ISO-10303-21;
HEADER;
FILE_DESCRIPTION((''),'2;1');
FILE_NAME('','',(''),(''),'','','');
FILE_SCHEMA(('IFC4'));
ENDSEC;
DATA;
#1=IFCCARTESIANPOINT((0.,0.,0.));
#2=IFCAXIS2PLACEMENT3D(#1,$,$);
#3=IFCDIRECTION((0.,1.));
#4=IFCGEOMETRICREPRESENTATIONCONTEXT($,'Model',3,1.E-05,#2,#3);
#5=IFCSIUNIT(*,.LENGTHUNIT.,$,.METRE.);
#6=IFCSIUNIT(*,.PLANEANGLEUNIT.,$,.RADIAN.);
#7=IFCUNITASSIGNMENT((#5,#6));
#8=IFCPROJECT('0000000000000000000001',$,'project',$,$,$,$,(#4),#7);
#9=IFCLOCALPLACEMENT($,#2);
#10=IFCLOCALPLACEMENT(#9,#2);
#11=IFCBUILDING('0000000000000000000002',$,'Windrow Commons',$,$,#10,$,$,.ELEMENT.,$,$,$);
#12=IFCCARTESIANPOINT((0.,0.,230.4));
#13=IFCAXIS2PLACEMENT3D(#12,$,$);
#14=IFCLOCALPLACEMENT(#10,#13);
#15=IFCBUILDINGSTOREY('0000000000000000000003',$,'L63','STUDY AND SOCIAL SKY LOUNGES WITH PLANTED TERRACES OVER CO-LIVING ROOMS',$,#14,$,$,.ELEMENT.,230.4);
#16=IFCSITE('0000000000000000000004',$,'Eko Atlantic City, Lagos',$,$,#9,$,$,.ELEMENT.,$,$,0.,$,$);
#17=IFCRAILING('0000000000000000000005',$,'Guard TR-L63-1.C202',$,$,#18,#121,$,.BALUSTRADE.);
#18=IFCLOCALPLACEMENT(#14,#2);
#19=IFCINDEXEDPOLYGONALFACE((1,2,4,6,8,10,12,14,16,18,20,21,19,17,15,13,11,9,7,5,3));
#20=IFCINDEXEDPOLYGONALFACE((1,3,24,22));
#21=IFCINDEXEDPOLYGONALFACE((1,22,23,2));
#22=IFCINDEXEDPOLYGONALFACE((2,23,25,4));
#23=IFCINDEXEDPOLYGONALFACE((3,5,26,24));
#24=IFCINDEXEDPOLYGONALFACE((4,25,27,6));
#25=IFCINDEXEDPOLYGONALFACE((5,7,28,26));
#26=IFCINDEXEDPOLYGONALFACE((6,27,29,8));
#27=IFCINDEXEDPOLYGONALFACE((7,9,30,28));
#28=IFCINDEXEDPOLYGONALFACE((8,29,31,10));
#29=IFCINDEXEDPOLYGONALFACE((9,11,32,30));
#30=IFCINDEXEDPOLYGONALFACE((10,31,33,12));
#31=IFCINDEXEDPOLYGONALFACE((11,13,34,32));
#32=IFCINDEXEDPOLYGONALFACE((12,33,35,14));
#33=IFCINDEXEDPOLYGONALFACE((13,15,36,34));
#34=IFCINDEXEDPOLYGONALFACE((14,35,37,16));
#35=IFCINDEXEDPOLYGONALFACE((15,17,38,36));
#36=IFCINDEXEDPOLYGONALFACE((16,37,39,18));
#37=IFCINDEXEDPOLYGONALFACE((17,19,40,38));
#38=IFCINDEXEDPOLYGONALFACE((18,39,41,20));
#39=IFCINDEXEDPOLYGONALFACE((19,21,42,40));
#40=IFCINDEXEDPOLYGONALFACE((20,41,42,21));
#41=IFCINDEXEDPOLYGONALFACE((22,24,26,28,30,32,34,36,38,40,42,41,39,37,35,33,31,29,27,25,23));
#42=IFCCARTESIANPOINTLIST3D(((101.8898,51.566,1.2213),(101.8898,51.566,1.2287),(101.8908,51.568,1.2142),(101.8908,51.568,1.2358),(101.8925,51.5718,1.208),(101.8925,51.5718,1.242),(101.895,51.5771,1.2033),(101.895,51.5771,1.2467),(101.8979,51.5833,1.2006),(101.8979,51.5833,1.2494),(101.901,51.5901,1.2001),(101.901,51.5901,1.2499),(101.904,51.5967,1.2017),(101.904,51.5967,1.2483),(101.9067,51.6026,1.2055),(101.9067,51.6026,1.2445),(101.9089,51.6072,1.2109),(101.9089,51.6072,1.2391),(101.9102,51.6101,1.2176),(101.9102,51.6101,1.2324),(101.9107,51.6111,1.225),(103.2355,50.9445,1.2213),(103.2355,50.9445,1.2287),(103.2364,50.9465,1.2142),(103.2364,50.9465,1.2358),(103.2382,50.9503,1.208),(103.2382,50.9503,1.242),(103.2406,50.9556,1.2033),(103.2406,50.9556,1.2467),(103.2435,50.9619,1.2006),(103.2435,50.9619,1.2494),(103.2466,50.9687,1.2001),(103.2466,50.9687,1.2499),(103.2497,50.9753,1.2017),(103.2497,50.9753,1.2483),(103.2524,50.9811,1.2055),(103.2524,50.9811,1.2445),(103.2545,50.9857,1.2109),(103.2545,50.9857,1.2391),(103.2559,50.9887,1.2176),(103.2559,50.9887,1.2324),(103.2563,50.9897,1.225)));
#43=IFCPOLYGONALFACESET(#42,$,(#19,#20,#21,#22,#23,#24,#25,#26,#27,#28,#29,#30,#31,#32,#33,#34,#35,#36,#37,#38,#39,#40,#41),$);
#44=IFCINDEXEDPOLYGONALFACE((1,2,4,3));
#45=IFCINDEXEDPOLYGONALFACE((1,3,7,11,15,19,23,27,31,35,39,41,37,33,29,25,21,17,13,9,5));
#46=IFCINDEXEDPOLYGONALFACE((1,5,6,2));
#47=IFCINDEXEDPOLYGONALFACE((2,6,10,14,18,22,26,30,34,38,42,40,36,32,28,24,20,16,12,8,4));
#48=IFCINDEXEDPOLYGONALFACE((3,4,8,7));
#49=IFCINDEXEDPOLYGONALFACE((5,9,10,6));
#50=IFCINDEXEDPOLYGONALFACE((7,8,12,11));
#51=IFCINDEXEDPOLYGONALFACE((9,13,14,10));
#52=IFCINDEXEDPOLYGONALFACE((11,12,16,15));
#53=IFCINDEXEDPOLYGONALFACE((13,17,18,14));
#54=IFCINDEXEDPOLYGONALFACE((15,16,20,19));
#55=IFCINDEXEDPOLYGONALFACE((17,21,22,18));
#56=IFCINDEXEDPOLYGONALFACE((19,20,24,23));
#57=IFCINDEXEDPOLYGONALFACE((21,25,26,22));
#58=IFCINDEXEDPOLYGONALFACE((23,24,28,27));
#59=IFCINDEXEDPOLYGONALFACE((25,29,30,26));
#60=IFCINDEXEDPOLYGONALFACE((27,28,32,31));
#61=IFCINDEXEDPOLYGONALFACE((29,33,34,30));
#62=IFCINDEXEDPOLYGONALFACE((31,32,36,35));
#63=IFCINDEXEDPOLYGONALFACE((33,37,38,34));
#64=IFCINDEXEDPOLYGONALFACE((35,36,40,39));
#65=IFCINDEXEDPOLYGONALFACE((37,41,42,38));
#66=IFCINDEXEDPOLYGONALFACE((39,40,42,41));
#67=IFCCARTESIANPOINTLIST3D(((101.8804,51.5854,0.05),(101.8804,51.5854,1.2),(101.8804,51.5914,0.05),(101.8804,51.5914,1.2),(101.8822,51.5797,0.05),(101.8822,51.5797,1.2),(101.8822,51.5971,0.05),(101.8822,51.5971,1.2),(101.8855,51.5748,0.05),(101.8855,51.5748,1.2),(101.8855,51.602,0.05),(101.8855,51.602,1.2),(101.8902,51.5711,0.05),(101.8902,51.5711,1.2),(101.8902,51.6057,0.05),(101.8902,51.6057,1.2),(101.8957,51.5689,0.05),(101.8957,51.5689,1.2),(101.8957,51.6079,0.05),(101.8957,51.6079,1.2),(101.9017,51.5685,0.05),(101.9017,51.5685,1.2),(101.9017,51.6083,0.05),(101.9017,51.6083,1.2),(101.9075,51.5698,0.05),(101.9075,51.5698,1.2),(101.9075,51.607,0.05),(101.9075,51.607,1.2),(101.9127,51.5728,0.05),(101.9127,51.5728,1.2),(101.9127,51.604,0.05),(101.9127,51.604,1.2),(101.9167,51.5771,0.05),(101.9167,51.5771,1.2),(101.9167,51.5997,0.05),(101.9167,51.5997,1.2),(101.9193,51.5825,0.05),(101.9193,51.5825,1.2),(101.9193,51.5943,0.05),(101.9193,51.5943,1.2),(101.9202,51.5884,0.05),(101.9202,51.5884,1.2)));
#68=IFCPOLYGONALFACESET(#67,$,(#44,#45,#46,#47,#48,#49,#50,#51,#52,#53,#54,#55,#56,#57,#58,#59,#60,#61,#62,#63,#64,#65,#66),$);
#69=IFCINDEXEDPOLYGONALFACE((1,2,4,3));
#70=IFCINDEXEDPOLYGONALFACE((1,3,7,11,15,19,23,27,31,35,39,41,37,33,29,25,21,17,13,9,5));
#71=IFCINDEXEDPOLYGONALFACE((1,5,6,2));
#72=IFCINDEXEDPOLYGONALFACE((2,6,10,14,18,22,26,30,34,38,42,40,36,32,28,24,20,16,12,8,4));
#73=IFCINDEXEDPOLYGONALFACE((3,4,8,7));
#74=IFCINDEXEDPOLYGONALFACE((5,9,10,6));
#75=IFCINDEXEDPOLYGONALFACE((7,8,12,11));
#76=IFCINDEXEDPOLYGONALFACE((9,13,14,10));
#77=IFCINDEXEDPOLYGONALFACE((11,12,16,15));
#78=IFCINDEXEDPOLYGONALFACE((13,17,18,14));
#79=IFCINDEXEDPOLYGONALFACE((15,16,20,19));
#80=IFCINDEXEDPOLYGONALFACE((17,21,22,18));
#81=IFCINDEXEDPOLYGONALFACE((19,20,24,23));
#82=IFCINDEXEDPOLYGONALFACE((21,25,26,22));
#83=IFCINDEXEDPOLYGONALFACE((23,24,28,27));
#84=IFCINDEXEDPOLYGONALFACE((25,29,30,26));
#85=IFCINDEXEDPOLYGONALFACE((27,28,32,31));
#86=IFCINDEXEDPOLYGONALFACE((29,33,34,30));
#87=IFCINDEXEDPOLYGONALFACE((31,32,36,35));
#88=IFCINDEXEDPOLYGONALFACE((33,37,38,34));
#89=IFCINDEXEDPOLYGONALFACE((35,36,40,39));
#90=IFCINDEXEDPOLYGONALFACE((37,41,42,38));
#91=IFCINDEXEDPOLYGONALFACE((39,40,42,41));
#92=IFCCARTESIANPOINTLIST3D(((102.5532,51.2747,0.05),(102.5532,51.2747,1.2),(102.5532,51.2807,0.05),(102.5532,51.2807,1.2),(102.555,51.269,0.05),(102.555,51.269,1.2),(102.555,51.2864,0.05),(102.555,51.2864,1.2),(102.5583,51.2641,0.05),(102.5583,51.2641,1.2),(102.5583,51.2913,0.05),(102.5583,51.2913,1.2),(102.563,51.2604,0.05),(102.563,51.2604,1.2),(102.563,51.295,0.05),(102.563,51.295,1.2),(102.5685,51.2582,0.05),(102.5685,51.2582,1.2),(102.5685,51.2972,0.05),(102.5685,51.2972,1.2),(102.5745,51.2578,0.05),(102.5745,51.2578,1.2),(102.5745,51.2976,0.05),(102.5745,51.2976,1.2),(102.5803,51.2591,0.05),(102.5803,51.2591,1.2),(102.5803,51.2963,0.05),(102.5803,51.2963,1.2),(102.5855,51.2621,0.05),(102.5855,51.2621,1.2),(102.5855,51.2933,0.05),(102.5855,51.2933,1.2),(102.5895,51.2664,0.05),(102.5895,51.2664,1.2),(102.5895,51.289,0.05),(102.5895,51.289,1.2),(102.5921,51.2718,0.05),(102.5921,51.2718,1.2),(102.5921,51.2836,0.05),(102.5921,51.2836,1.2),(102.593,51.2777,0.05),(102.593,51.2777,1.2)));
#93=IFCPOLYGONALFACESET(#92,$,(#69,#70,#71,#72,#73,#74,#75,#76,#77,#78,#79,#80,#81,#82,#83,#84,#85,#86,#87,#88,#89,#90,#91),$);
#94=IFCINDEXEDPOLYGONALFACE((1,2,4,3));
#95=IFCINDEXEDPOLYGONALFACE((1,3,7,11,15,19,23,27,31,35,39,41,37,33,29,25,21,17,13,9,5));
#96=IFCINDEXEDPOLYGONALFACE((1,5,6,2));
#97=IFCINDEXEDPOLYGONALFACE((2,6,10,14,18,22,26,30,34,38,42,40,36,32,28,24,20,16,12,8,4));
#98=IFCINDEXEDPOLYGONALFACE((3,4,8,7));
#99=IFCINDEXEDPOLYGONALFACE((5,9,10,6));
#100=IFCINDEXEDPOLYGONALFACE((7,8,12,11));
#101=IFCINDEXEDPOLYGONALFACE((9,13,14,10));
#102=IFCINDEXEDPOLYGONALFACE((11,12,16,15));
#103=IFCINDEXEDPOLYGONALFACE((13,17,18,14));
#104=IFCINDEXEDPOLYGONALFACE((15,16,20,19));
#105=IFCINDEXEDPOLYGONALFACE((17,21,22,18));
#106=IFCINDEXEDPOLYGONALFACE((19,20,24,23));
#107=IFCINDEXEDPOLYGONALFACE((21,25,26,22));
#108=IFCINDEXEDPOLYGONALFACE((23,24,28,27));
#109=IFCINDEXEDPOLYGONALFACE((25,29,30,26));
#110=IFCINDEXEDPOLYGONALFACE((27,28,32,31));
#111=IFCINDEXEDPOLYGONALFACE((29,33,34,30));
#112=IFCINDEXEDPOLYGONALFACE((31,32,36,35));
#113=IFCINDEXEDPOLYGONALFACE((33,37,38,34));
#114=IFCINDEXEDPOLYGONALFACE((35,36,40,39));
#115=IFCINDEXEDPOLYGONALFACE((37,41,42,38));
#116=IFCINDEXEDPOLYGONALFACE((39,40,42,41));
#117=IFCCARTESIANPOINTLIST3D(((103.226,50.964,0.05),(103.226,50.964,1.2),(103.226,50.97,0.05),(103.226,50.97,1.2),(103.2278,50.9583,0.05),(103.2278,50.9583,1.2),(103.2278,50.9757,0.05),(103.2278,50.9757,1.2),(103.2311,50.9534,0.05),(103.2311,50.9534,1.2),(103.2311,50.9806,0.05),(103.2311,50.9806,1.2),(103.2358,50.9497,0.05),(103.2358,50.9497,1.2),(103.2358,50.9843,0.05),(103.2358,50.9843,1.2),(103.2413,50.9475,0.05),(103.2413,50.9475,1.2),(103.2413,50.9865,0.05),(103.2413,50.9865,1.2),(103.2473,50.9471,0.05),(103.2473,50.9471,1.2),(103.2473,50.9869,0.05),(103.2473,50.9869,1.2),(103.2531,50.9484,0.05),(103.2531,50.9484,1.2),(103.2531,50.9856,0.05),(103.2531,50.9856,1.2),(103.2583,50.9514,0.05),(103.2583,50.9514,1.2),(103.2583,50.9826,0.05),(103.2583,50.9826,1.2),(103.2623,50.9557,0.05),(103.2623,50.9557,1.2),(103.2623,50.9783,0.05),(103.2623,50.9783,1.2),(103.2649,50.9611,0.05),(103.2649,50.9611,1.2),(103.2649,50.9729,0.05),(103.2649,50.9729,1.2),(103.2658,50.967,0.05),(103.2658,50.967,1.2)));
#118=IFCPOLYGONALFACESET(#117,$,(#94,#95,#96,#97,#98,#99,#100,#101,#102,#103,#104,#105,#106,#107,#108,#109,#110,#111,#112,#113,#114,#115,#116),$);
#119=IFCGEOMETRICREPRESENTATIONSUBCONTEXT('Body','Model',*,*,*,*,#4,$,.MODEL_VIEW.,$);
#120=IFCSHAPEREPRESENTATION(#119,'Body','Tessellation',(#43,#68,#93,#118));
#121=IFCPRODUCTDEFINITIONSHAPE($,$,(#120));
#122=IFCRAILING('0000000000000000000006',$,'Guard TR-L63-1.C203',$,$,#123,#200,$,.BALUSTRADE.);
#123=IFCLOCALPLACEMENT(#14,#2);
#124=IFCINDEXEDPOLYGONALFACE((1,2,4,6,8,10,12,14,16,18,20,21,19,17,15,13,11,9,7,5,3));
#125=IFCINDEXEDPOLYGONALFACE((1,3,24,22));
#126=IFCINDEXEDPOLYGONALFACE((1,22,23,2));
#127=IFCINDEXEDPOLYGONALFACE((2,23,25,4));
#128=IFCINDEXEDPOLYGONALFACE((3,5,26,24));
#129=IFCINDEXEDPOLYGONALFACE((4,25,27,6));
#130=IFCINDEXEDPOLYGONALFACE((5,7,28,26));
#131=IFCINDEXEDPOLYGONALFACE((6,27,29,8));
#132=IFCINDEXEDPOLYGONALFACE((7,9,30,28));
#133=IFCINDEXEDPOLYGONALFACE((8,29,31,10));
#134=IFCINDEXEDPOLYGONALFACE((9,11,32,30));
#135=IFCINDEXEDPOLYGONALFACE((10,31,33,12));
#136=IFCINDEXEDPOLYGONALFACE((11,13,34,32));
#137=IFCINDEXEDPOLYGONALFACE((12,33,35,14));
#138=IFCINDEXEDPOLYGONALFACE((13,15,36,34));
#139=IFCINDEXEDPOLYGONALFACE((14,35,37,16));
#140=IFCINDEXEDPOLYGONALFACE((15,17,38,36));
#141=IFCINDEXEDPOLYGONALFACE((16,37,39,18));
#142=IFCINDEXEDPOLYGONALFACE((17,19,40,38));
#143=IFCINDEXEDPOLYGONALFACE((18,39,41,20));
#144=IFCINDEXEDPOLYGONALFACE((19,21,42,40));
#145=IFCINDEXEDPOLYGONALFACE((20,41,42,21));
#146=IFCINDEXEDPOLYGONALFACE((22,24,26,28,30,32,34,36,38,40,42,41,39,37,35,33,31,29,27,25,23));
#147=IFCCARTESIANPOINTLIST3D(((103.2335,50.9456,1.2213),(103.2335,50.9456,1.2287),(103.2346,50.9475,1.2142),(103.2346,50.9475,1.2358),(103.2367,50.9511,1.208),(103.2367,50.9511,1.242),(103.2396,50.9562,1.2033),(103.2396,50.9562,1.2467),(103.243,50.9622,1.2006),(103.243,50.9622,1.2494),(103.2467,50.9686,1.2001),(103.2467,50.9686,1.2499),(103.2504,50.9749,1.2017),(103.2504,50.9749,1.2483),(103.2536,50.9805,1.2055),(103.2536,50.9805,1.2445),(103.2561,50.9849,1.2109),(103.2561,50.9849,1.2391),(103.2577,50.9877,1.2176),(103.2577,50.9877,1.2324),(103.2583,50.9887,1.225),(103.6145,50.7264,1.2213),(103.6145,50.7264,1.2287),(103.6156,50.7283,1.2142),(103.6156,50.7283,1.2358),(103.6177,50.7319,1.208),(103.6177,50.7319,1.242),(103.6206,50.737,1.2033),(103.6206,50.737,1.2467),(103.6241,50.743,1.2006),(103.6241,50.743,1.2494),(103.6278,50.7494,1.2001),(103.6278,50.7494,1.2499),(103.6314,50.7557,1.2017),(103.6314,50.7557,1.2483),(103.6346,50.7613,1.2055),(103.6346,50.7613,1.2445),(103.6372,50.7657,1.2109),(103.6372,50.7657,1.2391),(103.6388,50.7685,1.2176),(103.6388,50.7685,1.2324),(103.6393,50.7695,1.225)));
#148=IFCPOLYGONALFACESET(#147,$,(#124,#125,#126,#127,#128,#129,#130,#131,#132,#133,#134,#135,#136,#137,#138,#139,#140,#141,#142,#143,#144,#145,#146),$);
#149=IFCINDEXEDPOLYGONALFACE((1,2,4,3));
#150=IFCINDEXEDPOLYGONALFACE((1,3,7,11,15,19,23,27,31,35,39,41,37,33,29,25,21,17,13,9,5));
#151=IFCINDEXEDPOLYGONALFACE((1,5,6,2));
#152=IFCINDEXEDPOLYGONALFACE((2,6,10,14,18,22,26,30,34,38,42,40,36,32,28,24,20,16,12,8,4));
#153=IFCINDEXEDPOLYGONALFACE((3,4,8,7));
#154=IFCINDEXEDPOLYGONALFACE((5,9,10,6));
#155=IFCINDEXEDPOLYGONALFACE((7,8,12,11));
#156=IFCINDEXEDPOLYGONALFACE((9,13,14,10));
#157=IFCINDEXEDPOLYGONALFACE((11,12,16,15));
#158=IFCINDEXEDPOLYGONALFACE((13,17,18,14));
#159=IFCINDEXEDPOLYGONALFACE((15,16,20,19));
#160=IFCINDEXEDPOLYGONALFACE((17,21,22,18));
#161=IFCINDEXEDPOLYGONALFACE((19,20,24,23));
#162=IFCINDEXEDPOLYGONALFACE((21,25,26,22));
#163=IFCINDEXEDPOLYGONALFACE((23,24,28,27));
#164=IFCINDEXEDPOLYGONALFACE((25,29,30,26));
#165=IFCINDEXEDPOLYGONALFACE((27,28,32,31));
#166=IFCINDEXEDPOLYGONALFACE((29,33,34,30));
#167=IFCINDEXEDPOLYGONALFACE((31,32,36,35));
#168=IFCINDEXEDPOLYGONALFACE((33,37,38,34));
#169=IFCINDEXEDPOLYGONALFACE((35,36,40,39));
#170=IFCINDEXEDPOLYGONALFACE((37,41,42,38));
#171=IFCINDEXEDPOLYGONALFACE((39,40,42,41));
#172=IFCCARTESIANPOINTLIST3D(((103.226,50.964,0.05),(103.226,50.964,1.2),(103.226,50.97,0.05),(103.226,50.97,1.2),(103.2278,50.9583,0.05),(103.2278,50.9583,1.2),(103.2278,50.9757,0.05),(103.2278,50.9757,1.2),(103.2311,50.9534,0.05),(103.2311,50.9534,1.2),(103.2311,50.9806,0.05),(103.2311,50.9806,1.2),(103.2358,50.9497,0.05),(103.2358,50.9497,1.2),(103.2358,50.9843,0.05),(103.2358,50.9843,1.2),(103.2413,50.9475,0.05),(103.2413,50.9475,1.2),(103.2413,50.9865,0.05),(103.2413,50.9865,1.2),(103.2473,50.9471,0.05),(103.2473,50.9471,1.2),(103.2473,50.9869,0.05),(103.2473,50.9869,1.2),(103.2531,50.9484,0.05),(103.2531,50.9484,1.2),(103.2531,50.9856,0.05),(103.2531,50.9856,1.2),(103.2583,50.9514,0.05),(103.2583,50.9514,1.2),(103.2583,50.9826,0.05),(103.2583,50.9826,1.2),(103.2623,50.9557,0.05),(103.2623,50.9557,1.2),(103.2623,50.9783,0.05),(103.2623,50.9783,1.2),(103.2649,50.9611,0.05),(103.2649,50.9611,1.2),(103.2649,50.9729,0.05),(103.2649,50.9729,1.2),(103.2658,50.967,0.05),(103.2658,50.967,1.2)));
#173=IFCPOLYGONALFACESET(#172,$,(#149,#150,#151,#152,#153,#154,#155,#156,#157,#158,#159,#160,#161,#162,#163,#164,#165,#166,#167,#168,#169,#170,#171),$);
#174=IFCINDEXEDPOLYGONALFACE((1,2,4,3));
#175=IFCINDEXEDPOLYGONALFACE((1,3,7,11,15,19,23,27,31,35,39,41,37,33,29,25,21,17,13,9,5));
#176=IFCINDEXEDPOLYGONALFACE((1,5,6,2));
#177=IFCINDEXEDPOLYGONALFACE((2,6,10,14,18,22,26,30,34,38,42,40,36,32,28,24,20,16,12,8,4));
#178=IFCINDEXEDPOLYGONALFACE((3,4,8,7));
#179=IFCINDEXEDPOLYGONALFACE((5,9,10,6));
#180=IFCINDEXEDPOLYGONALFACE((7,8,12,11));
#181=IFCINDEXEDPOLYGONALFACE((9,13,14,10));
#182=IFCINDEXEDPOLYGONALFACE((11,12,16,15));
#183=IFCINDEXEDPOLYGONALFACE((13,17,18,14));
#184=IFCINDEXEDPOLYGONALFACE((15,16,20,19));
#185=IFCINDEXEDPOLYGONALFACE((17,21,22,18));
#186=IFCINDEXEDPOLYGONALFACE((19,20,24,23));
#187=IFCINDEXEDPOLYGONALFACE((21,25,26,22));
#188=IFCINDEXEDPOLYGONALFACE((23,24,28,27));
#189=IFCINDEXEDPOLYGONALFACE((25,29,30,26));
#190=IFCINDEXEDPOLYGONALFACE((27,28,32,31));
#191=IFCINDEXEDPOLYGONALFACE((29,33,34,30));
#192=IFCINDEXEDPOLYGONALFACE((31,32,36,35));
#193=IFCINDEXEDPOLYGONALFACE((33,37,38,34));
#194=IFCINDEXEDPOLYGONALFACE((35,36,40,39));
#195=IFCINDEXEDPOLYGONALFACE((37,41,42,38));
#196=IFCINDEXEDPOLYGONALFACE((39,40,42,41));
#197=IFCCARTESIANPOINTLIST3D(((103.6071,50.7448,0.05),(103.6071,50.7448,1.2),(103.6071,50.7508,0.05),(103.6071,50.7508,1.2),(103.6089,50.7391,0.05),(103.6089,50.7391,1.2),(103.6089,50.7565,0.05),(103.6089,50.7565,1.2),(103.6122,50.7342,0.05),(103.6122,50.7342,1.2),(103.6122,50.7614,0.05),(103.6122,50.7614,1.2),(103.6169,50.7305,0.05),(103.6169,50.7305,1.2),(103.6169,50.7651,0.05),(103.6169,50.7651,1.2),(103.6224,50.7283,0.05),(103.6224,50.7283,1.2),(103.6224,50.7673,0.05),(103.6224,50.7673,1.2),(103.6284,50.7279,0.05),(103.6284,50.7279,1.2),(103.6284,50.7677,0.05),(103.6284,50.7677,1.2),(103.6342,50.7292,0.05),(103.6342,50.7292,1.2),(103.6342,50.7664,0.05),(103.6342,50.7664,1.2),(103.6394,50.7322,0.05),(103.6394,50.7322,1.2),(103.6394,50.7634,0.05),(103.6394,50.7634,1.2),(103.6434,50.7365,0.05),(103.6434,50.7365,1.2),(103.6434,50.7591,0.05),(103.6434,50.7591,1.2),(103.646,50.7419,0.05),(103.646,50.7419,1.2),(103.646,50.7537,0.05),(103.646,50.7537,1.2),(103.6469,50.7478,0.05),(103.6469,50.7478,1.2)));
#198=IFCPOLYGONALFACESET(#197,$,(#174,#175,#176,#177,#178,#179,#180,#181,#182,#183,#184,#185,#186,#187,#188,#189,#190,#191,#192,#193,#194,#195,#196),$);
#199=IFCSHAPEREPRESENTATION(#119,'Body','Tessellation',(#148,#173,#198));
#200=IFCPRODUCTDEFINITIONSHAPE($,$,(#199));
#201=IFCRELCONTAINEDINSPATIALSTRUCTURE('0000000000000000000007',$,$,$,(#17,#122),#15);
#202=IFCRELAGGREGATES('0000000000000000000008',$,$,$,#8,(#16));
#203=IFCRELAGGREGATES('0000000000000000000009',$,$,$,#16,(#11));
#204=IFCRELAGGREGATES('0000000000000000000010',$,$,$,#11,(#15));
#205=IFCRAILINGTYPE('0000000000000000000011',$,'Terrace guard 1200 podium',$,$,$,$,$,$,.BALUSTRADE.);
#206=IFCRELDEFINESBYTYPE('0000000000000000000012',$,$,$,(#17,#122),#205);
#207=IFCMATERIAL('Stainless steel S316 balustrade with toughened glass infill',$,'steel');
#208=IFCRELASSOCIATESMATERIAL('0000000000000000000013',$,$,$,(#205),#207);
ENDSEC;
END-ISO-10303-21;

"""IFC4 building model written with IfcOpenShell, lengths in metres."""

from ifc_helpers import new_model, si_unit, direction, frame, origin, origin_2d, place, context, subcontext, project, spatial, circle, extrude, material, type_object, element, save


model = new_model("IFC4")

# Units and contexts
model_context = context("Model", 3, precision=1e-05, world=origin(), true_north=direction((0.0, 1.0)))
body_context = subcontext(model_context, "Body", "Model", "MODEL_VIEW")
ifc_project = project(units=[si_unit("LENGTHUNIT", "METRE"), si_unit("PLANEANGLEUNIT", "RADIAN")], contexts=[model_context])

# Site, building, storey
site_placement = place(None, origin())
site = spatial("IfcSite", under=ifc_project, at=site_placement, Name="Eko Atlantic City, Lagos", CompositionType="ELEMENT", RefElevation=0.0)
building_placement = place(site_placement, origin())
building = spatial("IfcBuilding", under=site, at=building_placement, Name="Windrow Commons", CompositionType="ELEMENT")
storey_placement = place(building_placement, frame((0.0, 0.0, 230.4)))
storey = spatial("IfcBuildingStorey", under=building, at=storey_placement, Name="L63", Description="STUDY AND SOCIAL SKY LOUNGES WITH PLANTED TERRACES OVER CO-LIVING ROOMS", CompositionType="ELEMENT", Elevation=230.4)

# Railings
ifc_material_1 = material(Name="Stainless steel S316 balustrade with toughened glass infill", Category="steel")
railing_type_1 = type_object("IfcRailingType", Name="Terrace guard 1200 podium", PredefinedType="BALUSTRADE", material=ifc_material_1)
railing_1_placement = place(storey_placement, frame((101.9002, 51.5884, 0.05)))
element("IfcRailing", 1, at=railing_1_placement, inside=storey, type_object=railing_type_1, Name="Guard TR-L63-1.C202", PredefinedType="BALUSTRADE", context=body_context, shape_type="SweptSolid", body=[
    extrude(circle(Radius=0.025, at=origin_2d()), frame((0.0, 0.0, 1.175), z_axis=(0.907869, -0.419255, 0.0), x_axis=(0.419255, 0.907869, 0.0)), (0.0, 0.0, 1.0), 1.4822),
    extrude(circle(Radius=0.02, at=origin_2d()), origin(), (0.0, 0.0, 1.0), 1.15),
    extrude(circle(Radius=0.02, at=origin_2d()), frame((0.6728, -0.3107, 0.0)), (0.0, 0.0, 1.0), 1.15),
    extrude(circle(Radius=0.02, at=origin_2d()), frame((1.3456, -0.6214, 0.0)), (0.0, 0.0, 1.0), 1.15),
])
railing_2_placement = place(storey_placement, frame((103.2458, 50.967, 0.05)))
element("IfcRailing", 2, at=railing_2_placement, inside=storey, type_object=railing_type_1, Name="Guard TR-L63-1.C203", PredefinedType="BALUSTRADE", context=body_context, shape_type="SweptSolid", body=[
    extrude(circle(Radius=0.025, at=origin_2d()), frame((0.0, 0.0, 1.175), z_axis=(0.86684, -0.498587, 0.0), x_axis=(0.498587, 0.86684, 0.0)), (0.0, 0.0, 1.0), 0.4396),
    extrude(circle(Radius=0.02, at=origin_2d()), origin(), (0.0, 0.0, 1.0), 1.15),
    extrude(circle(Radius=0.02, at=origin_2d()), frame((0.3811, -0.2192, 0.0)), (0.0, 0.0, 1.0), 1.15),
])

save(model, "model.ifc")
